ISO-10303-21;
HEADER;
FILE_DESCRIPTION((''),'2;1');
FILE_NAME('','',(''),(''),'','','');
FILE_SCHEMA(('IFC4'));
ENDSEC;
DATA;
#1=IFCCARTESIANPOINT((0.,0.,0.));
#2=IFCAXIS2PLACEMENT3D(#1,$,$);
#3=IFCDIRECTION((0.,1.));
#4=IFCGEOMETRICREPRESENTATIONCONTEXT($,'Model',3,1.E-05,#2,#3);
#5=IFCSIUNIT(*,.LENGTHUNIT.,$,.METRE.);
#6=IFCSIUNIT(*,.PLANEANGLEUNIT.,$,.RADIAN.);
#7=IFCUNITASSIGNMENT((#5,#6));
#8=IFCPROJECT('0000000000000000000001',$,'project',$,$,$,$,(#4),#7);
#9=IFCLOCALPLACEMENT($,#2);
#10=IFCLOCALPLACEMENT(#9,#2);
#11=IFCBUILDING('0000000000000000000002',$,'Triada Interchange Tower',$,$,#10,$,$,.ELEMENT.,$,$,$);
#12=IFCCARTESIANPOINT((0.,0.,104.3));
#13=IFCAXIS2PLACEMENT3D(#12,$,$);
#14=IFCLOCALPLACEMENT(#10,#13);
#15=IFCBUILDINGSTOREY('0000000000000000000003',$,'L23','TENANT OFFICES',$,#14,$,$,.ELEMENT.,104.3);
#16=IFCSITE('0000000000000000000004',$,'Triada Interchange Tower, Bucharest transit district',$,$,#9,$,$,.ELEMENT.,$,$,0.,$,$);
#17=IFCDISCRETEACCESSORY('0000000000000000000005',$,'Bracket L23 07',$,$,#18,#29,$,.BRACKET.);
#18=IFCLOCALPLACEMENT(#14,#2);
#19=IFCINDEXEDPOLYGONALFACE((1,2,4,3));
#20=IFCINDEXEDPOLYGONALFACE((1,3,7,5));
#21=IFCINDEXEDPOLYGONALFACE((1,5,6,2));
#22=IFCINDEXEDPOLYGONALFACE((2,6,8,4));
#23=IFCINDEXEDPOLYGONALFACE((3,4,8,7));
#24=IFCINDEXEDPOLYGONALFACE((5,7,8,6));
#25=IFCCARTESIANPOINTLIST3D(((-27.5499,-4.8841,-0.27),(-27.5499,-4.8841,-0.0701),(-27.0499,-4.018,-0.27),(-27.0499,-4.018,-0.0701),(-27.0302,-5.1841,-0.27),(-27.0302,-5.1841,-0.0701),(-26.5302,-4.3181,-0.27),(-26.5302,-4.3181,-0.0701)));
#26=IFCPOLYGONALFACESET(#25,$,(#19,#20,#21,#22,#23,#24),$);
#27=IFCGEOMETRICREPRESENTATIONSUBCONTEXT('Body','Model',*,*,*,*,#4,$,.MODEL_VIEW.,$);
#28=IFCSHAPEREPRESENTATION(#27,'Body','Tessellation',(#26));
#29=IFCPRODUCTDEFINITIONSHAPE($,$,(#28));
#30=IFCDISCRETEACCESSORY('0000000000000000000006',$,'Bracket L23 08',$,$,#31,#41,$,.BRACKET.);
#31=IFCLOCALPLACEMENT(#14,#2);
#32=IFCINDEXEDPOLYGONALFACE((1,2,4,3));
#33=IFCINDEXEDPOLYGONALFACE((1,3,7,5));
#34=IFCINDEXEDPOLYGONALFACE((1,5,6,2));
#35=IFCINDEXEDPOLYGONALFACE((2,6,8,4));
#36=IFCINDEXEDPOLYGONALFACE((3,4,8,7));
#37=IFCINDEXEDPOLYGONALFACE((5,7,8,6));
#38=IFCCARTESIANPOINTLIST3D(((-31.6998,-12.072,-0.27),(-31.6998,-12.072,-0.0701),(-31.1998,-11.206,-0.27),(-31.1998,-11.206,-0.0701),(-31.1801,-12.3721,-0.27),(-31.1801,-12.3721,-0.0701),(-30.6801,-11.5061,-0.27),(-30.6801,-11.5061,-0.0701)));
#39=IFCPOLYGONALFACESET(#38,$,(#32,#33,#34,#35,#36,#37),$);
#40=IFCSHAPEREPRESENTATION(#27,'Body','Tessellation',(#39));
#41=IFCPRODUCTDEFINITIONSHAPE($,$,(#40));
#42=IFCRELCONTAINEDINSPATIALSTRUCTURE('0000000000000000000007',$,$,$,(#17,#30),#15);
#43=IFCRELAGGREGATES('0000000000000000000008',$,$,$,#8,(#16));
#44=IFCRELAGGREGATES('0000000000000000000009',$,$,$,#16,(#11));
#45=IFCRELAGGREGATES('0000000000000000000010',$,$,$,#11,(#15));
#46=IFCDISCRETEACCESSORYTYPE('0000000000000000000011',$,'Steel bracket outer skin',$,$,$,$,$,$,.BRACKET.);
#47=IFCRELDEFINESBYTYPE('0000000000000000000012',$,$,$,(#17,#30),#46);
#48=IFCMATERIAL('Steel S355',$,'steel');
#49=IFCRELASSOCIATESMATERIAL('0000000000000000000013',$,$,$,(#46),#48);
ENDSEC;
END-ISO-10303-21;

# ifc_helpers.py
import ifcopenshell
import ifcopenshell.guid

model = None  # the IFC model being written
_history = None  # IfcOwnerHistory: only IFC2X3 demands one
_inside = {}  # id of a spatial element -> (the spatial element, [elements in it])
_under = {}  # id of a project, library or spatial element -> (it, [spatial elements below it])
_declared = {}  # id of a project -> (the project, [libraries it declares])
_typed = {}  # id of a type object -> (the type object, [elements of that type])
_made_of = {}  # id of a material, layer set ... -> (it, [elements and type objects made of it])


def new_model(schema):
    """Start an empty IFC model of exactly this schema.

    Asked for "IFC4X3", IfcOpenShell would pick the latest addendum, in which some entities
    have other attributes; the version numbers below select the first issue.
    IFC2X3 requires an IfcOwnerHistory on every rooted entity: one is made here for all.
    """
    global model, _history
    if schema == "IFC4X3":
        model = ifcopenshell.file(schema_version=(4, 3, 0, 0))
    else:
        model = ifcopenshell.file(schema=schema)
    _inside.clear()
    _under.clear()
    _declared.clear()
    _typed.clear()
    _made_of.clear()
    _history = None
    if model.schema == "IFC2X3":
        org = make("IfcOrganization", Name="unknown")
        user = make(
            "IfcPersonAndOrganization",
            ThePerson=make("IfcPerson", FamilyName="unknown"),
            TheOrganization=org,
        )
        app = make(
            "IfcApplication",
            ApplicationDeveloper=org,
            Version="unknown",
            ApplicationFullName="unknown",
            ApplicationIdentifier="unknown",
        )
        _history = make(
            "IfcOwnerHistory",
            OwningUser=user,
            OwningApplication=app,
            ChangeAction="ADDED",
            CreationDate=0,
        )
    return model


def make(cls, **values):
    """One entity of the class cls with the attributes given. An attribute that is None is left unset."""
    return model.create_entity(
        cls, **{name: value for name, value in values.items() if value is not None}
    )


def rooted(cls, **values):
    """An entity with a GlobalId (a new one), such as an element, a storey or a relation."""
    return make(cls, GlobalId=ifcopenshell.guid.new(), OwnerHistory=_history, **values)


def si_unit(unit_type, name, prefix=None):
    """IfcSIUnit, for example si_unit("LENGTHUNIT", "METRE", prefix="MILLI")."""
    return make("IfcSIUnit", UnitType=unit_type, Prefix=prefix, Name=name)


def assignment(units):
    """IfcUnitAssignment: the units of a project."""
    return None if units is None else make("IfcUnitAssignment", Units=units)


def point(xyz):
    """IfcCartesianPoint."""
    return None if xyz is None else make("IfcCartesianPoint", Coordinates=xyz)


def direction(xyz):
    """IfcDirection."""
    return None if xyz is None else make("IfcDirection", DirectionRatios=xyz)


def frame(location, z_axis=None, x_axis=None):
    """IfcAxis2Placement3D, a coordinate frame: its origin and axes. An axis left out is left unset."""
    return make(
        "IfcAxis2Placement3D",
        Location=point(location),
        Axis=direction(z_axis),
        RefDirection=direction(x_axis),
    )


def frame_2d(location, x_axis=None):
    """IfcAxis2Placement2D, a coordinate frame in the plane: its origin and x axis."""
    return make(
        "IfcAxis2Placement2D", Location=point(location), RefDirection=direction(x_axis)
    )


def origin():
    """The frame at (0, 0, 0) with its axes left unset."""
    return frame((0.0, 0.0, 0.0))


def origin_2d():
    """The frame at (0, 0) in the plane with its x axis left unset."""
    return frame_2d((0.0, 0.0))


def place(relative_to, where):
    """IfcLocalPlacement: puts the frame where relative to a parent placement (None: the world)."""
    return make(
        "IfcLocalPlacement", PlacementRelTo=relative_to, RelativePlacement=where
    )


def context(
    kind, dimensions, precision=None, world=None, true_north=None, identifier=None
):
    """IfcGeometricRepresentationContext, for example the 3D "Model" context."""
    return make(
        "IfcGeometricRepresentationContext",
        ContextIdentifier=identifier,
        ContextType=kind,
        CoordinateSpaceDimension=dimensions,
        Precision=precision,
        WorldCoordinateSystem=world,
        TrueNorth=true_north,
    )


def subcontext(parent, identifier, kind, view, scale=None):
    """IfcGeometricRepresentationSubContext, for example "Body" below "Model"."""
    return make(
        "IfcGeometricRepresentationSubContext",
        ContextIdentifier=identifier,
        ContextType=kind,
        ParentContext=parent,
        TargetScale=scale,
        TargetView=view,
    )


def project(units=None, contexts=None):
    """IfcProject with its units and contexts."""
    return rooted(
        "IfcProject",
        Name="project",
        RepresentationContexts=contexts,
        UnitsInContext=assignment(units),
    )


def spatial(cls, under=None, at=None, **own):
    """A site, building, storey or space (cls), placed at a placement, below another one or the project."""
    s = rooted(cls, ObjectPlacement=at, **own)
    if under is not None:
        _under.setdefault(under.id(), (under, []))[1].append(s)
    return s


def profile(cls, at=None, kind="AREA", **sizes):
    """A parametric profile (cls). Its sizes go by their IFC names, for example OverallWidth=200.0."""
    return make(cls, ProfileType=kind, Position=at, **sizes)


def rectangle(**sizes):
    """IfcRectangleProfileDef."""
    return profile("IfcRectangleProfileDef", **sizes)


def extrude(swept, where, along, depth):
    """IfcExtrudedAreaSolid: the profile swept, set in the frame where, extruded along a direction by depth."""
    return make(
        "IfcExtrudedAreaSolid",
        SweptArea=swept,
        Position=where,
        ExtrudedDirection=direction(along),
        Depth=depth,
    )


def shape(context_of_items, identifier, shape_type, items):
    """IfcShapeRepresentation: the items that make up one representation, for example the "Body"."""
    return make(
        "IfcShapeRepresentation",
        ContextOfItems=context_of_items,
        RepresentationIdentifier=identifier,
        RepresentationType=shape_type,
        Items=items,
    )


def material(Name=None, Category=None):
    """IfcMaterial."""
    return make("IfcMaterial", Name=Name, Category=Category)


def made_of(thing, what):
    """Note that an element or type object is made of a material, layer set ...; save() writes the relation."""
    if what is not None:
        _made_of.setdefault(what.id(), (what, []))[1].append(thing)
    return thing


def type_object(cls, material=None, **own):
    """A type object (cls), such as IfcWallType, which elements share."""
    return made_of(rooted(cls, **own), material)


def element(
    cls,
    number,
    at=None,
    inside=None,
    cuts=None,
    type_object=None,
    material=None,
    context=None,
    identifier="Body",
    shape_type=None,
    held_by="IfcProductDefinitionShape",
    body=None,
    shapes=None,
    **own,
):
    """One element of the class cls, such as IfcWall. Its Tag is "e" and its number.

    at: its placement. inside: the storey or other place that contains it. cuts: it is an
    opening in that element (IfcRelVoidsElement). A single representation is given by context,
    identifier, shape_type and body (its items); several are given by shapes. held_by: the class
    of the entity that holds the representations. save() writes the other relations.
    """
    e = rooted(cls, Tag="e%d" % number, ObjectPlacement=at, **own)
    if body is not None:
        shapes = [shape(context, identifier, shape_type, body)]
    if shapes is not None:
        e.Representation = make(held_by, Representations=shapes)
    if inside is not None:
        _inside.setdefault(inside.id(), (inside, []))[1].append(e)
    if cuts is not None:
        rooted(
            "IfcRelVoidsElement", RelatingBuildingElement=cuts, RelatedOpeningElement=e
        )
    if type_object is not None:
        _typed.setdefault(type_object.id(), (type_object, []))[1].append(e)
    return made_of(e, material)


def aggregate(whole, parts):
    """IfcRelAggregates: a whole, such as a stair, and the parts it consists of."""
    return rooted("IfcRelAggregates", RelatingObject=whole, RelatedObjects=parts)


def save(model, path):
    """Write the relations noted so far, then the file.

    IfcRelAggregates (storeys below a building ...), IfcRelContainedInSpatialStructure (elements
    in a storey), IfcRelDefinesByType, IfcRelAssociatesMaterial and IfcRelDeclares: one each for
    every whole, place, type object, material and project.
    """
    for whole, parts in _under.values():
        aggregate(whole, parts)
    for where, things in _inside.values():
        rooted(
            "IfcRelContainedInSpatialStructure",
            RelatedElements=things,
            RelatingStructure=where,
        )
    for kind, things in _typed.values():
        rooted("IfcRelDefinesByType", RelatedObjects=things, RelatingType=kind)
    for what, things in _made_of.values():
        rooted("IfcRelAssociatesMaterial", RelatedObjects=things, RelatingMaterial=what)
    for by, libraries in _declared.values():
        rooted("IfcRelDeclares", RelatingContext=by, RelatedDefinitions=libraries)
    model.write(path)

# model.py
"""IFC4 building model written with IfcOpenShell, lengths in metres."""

from ifc_helpers import new_model, si_unit, direction, frame, origin, origin_2d, place, context, subcontext, project, spatial, rectangle, extrude, material, type_object, element, save


model = new_model("IFC4")

# Units and contexts
model_context = context("Model", 3, precision=1e-05, world=origin(), true_north=direction((0.0, 1.0)))
body_context = subcontext(model_context, "Body", "Model", "MODEL_VIEW")
ifc_project = project(units=[si_unit("LENGTHUNIT", "METRE"), si_unit("PLANEANGLEUNIT", "RADIAN")], contexts=[model_context])

# Site, building, storey
site_placement = place(None, origin())
site = spatial("IfcSite", under=ifc_project, at=site_placement, Name="Triada Interchange Tower, Bucharest transit district", CompositionType="ELEMENT", RefElevation=0.0)
building_placement = place(site_placement, origin())
building = spatial("IfcBuilding", under=site, at=building_placement, Name="Triada Interchange Tower", CompositionType="ELEMENT")
storey_placement = place(building_placement, frame((0.0, 0.0, 104.3)))
storey = spatial("IfcBuildingStorey", under=building, at=storey_placement, Name="L23", Description="TENANT OFFICES", CompositionType="ELEMENT", Elevation=104.3)

# Discrete accessories
ifc_material_1 = material(Name="Steel S355", Category="steel")
discrete_accessory_type = type_object("IfcDiscreteAccessoryType", Name="Steel bracket outer skin", PredefinedType="BRACKET", material=ifc_material_1)
for number, where, z_axis, x_axis, name in (
    (1, (-27.04, -4.6011, -0.27), (0.0, 0.0, 1.0), (-0.866022, 0.500006, 0.0), "Bracket L23 07"),
    (2, (-31.1899, -11.7891, -0.27), (0.0, 0.0, 1.0), (-0.866022, 0.500006, 0.0), "Bracket L23 08"),
):
    element("IfcDiscreteAccessory", number, at=place(storey_placement, frame(where, z_axis=z_axis, x_axis=x_axis)), inside=storey, type_object=discrete_accessory_type, Name=name, PredefinedType="BRACKET", context=body_context, shape_type="SweptSolid", body=[
        extrude(rectangle(XDim=0.6001, YDim=1.0, at=origin_2d()), origin(), (0.0, 0.0, 1.0), 0.2),
    ])

save(model, "model.ifc")
